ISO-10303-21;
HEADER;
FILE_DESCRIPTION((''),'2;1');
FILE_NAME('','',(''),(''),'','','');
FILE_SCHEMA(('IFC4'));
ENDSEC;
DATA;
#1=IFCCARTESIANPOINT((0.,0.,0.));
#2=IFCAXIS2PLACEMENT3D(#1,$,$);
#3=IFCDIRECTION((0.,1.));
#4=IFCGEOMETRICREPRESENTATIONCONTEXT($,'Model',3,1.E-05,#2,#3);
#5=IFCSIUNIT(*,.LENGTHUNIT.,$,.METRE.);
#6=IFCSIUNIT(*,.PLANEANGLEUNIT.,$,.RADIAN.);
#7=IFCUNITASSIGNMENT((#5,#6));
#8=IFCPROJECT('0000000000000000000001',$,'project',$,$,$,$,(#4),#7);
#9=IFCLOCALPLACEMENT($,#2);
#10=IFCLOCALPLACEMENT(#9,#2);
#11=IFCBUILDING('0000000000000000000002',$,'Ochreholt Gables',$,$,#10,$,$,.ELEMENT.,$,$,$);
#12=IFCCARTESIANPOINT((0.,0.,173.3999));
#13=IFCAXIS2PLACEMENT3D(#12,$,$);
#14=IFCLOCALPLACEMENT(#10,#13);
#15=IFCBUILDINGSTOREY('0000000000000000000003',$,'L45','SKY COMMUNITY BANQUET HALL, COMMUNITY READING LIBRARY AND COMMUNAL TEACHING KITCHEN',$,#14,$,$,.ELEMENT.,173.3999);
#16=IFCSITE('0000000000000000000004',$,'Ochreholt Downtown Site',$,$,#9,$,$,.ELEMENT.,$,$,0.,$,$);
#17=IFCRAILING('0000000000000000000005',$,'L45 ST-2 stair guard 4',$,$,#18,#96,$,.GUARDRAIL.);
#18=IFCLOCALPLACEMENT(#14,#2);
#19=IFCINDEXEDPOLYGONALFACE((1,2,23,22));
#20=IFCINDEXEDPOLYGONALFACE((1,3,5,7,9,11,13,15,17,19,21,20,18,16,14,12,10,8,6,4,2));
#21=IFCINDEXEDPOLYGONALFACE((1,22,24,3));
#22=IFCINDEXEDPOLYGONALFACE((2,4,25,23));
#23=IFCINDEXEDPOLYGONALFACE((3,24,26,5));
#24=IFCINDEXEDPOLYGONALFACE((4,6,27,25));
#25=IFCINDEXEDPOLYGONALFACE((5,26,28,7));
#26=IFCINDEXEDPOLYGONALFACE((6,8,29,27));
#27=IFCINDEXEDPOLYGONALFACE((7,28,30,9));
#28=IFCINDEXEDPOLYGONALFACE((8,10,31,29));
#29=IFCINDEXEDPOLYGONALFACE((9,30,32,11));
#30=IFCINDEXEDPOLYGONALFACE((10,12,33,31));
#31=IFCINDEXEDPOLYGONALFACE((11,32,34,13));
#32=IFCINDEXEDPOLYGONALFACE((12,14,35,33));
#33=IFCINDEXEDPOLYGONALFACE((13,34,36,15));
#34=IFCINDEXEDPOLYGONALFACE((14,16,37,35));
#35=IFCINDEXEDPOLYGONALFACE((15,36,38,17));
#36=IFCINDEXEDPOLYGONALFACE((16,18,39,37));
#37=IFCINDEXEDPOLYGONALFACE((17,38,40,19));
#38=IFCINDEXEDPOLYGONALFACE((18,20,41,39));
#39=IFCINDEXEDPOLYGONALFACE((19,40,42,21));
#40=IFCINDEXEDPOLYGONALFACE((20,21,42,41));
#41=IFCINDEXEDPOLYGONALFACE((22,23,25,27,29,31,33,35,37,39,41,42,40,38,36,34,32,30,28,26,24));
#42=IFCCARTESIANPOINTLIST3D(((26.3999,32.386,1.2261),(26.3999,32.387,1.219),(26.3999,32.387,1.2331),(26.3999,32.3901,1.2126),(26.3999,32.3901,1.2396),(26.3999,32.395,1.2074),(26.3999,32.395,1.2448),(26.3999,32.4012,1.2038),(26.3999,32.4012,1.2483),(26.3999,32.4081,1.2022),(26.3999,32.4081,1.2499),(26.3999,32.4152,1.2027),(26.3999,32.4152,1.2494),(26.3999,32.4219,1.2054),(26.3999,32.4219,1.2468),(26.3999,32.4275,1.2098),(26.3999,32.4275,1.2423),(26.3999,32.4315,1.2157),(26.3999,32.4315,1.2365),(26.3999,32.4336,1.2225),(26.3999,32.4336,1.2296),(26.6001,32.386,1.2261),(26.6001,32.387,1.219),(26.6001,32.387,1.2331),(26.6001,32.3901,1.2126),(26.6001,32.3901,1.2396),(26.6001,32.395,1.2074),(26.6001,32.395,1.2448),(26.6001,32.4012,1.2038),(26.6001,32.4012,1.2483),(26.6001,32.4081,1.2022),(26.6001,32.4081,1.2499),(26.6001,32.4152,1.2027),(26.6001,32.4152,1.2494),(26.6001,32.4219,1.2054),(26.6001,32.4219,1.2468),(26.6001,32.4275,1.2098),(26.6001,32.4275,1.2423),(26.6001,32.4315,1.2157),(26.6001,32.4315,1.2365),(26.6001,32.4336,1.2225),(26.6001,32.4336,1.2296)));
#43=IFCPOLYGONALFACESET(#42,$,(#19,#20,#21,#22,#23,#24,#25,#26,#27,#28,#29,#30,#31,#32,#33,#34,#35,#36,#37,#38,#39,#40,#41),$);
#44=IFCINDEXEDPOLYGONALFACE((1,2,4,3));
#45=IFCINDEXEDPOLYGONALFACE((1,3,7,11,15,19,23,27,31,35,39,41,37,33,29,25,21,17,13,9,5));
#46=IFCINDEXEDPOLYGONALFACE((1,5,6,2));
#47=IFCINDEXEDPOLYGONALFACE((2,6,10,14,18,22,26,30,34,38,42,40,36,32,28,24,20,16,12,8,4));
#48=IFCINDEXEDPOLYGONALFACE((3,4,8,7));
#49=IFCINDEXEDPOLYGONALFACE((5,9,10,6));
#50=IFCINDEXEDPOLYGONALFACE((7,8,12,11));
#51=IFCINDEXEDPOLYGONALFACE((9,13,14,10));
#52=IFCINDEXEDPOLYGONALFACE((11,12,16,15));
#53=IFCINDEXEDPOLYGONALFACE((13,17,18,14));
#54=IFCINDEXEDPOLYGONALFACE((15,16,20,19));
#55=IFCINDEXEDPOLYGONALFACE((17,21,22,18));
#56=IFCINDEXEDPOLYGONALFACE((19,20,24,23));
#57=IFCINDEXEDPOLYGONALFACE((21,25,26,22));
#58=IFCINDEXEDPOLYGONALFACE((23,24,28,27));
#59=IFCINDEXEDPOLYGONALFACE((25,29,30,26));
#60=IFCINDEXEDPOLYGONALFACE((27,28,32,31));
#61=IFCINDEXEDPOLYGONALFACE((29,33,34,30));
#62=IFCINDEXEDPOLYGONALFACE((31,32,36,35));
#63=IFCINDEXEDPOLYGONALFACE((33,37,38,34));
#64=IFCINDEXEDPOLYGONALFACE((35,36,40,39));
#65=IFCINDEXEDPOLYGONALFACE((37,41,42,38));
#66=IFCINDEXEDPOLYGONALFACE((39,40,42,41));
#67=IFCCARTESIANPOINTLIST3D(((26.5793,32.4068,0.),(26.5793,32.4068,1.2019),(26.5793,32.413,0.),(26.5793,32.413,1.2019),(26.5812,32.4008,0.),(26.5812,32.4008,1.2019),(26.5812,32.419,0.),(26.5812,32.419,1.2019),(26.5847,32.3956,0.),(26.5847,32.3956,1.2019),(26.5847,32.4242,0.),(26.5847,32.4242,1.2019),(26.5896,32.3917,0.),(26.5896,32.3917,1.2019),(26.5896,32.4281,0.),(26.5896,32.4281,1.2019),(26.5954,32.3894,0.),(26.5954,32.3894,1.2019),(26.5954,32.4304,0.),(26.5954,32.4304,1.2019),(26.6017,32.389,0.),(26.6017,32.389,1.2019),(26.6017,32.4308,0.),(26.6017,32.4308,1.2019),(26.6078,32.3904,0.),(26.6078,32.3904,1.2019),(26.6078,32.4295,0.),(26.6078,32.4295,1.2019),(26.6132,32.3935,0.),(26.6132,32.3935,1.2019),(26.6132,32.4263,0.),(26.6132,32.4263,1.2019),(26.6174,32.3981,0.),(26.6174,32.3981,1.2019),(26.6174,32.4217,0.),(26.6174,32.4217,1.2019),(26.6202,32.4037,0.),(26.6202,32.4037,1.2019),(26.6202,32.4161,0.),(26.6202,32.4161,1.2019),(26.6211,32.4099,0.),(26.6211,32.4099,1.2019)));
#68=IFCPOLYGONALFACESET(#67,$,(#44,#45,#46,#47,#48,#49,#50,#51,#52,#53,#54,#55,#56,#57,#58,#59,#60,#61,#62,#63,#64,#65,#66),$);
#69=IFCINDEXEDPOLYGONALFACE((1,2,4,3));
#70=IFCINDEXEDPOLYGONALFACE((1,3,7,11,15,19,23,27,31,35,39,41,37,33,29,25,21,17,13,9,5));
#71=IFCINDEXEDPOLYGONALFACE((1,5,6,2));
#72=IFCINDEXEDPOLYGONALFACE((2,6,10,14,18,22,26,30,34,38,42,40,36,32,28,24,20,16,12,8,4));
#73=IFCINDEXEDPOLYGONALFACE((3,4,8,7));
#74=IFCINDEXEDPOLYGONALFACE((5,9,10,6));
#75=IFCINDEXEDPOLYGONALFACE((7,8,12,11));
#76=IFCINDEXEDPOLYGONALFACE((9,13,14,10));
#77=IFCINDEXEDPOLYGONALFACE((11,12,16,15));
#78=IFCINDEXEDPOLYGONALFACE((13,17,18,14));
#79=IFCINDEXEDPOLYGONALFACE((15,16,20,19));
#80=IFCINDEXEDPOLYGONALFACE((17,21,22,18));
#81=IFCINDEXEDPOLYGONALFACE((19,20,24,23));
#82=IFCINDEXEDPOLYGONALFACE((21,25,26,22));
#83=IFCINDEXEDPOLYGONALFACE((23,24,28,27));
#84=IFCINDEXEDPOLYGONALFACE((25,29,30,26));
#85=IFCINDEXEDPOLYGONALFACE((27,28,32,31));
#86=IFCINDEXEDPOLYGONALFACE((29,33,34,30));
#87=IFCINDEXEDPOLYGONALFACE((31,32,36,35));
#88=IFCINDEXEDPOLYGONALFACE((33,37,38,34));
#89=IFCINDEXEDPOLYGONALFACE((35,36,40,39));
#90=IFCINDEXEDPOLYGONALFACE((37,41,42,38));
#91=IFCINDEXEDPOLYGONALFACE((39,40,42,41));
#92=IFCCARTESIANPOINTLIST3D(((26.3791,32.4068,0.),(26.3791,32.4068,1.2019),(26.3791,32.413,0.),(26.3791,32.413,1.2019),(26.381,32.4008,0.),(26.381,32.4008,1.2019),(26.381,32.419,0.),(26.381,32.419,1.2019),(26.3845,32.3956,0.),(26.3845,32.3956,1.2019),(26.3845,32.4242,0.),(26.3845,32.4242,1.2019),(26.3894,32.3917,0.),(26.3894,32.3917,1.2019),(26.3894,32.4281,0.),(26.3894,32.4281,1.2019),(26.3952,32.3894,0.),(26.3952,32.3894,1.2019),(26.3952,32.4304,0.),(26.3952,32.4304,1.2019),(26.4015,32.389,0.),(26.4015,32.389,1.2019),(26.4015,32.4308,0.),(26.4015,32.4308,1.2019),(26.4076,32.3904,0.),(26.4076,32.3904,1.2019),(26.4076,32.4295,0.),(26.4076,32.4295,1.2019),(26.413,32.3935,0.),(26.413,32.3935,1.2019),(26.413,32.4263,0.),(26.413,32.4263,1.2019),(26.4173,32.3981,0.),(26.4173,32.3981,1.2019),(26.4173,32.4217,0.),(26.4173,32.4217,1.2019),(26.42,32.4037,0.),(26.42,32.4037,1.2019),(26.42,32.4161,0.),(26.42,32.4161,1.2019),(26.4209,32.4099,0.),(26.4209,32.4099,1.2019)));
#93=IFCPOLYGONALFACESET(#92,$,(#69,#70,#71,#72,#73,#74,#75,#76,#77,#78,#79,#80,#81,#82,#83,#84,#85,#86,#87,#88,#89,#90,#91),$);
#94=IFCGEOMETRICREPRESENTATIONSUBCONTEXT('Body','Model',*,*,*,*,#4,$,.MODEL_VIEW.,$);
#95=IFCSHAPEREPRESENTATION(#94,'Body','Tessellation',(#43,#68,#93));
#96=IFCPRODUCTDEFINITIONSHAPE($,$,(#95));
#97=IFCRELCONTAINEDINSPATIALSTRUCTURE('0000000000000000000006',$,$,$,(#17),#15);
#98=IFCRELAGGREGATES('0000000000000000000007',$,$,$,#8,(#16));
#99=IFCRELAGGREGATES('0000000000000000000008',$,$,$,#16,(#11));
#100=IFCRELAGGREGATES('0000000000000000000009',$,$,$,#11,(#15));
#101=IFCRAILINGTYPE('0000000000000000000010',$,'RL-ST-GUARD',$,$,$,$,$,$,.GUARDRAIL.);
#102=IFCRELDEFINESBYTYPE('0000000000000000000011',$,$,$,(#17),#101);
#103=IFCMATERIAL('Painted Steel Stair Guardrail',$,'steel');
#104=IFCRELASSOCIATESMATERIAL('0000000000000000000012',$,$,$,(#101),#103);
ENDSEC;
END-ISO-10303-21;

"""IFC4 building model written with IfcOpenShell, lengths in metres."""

from ifc_helpers import new_model, si_unit, direction, frame, origin, origin_2d, place, context, subcontext, project, spatial, circle, extrude, material, type_object, element, save


model = new_model("IFC4")

# Units and contexts
model_context = context("Model", 3, precision=1e-05, world=origin(), true_north=direction((0.0, 1.0)))
body_context = subcontext(model_context, "Body", "Model", "MODEL_VIEW")
ifc_project = project(units=[si_unit("LENGTHUNIT", "METRE"), si_unit("PLANEANGLEUNIT", "RADIAN")], contexts=[model_context])

# Site, building, storey
site_placement = place(None, origin())
site = spatial("IfcSite", under=ifc_project, at=site_placement, Name="Ochreholt Downtown Site", CompositionType="ELEMENT", RefElevation=0.0)
building_placement = place(site_placement, origin())
building = spatial("IfcBuilding", under=site, at=building_placement, Name="Ochreholt Gables", CompositionType="ELEMENT")
storey_placement = place(building_placement, frame((0.0, 0.0, 173.3999)))
storey = spatial("IfcBuildingStorey", under=building, at=storey_placement, Name="L45", Description="SKY COMMUNITY BANQUET HALL, COMMUNITY READING LIBRARY AND COMMUNAL TEACHING KITCHEN", CompositionType="ELEMENT", Elevation=173.3999)

# Railing
ifc_material_1 = material(Name="Painted Steel Stair Guardrail", Category="steel")
railing_type_1 = type_object("IfcRailingType", Name="RL-ST-GUARD", PredefinedType="GUARDRAIL", material=ifc_material_1)
railing_1_placement = place(storey_placement, frame((26.6001, 32.4099, 0.0)))
element("IfcRailing", 1, at=railing_1_placement, inside=storey, type_object=railing_type_1, Name="L45 ST-2 stair guard 4", PredefinedType="GUARDRAIL", context=body_context, shape_type="SweptSolid", body=[
    extrude(circle(Radius=0.0239, at=origin_2d()), frame((0.0, 0.0, 1.2261), z_axis=(-1.0, 0.0, 0.0), x_axis=(0.0, -1.0, 0.0)), (0.0, 0.0, 1.0), 0.2002),
    extrude(circle(Radius=0.021, at=origin_2d()), origin(), (0.0, 0.0, 1.0), 1.2019),
    extrude(circle(Radius=0.021, at=origin_2d()), frame((-0.2002, 0.0, 0.0)), (0.0, 0.0, 1.0), 1.2019),
])

save(model, "model.ifc")
